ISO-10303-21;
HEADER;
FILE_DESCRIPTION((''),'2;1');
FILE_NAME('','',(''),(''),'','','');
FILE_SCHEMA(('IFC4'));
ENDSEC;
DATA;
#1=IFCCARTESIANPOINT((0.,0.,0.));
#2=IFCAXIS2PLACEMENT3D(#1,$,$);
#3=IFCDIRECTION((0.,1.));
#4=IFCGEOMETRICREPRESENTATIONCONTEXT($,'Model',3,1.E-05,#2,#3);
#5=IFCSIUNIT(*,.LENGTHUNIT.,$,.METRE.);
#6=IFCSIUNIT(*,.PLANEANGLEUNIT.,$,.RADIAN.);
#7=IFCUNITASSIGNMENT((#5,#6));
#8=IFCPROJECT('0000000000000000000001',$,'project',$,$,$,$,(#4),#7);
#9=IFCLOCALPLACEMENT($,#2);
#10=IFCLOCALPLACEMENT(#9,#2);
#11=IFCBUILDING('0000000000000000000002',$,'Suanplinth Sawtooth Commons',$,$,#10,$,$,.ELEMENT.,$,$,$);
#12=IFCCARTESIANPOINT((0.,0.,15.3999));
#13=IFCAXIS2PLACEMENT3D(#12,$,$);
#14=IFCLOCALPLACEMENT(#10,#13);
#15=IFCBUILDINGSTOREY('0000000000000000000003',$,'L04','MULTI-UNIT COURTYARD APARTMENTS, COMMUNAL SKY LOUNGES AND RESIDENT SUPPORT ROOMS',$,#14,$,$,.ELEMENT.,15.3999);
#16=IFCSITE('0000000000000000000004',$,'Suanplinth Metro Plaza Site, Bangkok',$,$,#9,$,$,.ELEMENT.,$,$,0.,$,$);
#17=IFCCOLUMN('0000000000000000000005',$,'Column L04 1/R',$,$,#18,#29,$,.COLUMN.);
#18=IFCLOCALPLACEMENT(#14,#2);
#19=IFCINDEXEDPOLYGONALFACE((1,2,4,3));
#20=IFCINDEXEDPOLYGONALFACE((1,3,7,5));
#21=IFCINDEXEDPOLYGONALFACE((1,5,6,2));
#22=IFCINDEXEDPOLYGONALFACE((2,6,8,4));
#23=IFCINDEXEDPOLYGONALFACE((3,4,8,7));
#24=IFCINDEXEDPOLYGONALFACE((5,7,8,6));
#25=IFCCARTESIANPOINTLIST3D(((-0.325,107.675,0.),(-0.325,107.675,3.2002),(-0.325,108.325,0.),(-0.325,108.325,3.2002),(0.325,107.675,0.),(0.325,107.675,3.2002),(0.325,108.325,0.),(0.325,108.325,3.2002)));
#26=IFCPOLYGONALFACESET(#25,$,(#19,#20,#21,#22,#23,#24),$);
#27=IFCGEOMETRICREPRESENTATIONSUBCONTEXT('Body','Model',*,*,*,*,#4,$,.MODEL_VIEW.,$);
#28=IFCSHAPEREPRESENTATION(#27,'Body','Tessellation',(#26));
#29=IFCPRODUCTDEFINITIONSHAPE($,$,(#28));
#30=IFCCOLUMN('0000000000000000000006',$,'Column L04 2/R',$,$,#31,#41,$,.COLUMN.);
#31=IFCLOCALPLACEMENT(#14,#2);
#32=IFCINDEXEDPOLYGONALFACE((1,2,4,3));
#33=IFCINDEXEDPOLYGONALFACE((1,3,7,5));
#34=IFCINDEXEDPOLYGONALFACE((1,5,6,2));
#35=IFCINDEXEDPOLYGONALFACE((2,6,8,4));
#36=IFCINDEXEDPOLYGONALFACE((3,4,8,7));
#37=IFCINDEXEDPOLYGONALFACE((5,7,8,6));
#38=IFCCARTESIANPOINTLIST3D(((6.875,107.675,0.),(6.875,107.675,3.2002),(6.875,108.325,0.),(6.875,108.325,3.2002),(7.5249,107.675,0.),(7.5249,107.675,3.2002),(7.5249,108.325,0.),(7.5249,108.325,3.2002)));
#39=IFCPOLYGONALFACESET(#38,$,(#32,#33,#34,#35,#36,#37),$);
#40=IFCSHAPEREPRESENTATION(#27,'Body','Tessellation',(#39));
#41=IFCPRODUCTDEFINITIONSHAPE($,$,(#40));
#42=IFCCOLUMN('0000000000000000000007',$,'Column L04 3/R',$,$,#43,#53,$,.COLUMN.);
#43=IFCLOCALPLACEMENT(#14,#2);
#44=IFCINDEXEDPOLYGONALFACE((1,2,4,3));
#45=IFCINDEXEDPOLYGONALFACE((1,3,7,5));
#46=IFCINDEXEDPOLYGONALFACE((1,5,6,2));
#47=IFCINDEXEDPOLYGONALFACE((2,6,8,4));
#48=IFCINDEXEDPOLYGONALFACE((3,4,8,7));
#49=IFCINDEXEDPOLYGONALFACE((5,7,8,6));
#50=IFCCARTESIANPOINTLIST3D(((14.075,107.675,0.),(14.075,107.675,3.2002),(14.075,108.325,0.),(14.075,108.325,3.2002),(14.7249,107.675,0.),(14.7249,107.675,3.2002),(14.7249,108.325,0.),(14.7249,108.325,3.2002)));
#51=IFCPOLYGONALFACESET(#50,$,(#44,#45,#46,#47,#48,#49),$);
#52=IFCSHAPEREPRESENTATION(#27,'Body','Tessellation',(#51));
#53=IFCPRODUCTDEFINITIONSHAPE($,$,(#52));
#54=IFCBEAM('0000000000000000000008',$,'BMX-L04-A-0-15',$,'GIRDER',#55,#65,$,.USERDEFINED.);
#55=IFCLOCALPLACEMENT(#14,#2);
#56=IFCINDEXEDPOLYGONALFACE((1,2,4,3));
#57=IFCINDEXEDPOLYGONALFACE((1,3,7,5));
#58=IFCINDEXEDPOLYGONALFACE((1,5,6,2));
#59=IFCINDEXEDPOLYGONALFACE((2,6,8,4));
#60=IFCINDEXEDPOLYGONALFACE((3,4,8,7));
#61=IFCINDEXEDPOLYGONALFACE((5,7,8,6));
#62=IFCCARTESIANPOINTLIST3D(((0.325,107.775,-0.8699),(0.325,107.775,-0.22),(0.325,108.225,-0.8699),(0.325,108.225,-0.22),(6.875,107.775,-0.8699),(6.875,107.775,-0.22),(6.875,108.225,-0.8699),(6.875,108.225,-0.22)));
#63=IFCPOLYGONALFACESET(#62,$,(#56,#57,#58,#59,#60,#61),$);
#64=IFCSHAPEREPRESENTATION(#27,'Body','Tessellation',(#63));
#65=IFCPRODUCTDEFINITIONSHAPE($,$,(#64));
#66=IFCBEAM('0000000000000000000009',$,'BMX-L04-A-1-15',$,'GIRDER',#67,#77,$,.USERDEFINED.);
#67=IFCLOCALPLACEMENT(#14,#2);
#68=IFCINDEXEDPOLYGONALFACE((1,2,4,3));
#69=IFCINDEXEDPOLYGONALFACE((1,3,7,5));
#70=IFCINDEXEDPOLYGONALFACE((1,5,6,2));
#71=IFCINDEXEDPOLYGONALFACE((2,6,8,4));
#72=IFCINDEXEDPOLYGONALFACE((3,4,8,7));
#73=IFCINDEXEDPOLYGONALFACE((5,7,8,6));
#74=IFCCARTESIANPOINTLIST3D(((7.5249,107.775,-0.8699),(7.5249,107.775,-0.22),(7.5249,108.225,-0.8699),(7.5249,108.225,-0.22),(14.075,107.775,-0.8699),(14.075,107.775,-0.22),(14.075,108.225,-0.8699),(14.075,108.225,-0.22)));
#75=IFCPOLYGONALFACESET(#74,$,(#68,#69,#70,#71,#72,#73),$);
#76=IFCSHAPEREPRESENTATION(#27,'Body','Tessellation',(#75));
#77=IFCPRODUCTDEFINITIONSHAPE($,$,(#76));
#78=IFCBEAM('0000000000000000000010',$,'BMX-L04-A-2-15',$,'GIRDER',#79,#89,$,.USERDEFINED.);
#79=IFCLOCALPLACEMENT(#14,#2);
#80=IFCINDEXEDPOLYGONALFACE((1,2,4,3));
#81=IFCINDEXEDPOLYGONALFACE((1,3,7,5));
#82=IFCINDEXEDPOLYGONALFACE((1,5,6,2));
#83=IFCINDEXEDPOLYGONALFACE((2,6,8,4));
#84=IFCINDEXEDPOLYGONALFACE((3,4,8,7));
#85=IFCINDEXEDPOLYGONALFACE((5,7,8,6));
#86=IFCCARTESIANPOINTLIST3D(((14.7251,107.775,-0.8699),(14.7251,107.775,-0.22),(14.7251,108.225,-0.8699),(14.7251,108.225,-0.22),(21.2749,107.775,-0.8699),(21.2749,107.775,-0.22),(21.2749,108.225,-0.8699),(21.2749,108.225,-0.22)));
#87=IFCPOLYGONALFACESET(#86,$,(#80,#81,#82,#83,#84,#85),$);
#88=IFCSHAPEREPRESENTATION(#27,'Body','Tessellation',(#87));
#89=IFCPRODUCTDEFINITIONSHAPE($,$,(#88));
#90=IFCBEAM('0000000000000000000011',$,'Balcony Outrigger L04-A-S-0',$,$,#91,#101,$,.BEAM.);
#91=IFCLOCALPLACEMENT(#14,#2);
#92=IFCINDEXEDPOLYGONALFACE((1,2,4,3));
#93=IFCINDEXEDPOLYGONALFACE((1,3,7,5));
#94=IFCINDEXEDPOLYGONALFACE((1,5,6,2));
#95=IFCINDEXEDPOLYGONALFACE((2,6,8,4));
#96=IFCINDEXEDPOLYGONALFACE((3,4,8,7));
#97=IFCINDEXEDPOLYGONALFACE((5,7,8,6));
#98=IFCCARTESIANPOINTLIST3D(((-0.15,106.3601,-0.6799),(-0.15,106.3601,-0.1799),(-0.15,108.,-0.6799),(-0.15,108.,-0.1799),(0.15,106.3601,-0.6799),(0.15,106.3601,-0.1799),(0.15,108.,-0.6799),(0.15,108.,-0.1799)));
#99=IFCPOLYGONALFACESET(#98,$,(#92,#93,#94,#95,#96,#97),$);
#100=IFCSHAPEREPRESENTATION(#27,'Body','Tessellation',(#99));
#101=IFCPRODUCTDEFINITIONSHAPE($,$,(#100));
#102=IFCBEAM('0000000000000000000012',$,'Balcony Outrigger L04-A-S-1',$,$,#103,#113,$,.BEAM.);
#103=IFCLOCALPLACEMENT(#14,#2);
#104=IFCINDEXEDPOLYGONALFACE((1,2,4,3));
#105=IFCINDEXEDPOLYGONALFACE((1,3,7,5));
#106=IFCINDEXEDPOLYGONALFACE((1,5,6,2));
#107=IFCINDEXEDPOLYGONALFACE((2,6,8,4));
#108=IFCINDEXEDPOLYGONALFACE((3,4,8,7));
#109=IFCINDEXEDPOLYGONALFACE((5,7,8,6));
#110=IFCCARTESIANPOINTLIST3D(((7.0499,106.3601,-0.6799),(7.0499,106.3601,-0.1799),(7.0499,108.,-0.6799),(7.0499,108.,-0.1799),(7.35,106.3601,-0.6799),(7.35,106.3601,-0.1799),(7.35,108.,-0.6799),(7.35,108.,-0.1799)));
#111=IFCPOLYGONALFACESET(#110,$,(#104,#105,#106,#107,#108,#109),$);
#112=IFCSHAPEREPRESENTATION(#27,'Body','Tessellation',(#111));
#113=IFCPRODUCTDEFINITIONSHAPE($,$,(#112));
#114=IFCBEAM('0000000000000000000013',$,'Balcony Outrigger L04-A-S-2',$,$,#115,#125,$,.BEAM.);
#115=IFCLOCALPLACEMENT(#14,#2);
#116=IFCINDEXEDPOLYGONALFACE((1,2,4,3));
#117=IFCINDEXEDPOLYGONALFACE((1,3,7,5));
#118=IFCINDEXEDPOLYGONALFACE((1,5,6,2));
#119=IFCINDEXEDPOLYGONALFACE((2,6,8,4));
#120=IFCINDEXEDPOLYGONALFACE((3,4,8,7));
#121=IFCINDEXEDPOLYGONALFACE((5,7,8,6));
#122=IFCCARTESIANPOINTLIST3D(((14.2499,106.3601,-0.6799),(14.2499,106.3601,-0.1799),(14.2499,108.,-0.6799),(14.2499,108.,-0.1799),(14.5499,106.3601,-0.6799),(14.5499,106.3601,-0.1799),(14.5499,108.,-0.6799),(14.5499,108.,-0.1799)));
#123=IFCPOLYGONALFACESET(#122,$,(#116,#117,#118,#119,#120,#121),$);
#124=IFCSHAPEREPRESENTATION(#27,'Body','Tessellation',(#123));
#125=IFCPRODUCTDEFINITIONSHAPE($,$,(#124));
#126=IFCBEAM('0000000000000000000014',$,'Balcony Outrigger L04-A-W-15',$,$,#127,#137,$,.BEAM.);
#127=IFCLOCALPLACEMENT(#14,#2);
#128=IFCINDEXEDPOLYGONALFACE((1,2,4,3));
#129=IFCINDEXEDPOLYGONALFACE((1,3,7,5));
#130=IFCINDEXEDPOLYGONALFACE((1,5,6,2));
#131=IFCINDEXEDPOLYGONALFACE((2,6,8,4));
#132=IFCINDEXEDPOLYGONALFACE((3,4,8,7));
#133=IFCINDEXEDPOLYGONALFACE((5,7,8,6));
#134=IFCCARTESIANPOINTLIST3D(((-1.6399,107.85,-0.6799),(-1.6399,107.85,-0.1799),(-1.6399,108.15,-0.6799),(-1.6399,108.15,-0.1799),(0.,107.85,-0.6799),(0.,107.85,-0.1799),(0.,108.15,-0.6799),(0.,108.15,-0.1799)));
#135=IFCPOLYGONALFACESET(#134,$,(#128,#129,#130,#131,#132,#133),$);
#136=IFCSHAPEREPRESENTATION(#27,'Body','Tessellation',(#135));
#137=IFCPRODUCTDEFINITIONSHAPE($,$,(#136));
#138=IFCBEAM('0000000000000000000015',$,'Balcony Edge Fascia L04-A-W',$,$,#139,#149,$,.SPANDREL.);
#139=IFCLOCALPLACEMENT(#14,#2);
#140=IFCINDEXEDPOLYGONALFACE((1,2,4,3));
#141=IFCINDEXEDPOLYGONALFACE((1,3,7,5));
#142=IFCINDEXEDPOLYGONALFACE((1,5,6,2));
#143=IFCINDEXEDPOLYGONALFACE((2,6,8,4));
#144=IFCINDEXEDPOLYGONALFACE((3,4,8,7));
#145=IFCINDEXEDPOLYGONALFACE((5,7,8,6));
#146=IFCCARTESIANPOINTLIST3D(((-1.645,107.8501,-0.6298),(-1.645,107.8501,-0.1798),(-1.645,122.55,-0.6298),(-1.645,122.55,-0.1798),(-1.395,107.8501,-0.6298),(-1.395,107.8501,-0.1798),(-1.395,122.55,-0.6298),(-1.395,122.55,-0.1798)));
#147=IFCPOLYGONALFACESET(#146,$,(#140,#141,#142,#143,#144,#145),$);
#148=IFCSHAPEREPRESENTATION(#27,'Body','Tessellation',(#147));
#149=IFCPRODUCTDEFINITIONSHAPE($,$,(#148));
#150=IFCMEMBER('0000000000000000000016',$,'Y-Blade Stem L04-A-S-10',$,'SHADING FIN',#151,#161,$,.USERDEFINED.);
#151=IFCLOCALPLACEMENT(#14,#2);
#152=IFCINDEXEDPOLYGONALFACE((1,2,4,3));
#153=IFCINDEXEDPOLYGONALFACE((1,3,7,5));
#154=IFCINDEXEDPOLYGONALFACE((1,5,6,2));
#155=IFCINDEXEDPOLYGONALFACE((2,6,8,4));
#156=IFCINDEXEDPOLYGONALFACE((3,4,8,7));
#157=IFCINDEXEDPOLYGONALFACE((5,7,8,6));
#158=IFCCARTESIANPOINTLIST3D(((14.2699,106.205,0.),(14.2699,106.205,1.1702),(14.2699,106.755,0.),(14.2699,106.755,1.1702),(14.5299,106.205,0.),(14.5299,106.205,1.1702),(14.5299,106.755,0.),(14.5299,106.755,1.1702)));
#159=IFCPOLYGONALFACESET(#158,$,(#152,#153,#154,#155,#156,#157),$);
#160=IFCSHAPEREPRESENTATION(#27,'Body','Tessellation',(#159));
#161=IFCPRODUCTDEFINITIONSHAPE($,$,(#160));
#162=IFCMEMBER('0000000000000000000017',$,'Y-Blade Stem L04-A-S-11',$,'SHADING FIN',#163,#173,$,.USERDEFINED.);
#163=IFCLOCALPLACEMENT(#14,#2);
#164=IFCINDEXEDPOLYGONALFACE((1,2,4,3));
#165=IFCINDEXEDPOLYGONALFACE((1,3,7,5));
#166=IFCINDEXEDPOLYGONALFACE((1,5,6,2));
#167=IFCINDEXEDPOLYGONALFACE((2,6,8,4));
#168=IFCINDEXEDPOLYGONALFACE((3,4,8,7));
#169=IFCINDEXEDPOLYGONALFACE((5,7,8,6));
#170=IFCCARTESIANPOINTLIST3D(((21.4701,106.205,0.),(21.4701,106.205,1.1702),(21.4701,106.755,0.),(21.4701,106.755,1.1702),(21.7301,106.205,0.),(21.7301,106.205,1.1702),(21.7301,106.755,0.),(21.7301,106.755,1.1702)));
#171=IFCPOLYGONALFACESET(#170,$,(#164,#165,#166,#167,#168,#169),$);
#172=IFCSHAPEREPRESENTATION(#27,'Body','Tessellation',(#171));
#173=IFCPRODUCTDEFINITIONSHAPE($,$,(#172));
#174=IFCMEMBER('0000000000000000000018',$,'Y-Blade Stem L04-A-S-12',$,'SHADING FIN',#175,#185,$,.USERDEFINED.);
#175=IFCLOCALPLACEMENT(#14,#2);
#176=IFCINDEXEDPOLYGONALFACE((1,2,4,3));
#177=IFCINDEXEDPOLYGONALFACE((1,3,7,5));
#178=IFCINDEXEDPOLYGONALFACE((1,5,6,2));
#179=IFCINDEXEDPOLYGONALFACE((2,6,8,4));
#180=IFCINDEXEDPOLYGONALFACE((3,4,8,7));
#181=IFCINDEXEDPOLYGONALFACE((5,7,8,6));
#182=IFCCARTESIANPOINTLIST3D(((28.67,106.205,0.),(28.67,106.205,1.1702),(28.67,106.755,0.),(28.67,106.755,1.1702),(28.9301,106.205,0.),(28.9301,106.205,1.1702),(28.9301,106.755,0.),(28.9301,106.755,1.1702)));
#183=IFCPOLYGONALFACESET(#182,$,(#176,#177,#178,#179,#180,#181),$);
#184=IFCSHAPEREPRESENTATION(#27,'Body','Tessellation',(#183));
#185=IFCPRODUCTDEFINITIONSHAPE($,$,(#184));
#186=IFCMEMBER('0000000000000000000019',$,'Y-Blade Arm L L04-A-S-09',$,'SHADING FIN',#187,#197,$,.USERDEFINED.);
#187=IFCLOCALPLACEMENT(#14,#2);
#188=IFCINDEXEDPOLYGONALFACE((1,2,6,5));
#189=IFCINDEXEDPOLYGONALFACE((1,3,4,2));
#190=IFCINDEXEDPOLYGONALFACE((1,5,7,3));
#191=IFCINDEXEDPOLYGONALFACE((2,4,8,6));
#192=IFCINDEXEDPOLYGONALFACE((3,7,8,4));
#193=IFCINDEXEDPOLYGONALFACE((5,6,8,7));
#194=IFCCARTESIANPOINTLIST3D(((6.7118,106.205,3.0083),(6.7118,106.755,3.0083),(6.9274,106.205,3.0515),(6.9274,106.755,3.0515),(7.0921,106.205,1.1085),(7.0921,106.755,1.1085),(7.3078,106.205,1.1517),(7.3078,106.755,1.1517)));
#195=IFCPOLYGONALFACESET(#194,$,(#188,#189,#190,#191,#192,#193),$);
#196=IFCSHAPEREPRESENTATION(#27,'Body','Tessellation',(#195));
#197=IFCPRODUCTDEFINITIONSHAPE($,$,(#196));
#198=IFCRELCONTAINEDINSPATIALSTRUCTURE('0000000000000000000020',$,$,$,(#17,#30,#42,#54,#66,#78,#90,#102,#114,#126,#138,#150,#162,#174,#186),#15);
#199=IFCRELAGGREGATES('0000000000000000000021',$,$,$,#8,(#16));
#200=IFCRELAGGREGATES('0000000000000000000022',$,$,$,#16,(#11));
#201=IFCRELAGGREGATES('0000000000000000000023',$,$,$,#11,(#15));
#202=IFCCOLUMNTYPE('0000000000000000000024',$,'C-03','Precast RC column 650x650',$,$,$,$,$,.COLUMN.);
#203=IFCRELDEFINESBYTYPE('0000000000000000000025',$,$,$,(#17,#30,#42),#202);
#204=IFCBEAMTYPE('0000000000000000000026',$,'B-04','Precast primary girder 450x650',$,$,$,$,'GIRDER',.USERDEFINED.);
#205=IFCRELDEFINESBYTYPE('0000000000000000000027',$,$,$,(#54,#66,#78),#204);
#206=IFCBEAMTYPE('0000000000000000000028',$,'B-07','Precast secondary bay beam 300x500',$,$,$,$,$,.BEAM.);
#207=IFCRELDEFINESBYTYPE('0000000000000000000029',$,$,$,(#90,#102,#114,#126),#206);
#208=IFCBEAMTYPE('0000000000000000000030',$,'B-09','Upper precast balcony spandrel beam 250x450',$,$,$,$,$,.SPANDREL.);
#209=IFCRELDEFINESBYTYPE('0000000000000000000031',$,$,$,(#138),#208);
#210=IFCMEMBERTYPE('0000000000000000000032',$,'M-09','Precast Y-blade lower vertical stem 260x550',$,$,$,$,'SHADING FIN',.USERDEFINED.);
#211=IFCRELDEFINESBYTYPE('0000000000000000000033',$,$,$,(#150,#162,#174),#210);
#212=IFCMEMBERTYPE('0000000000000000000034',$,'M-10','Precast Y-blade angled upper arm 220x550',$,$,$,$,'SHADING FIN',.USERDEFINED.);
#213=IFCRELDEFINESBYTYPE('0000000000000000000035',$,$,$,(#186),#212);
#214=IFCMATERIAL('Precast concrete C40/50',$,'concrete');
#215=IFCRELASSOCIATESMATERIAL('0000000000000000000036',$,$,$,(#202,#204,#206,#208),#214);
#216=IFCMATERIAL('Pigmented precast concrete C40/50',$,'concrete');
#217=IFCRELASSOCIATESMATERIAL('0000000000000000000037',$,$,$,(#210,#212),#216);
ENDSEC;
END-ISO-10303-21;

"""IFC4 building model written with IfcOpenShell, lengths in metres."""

from ifc_helpers import new_model, si_unit, direction, frame, origin, origin_2d, place, context, subcontext, project, spatial, rectangle, extrude, material, material_profile, profile_set, type_object, element, save


model = new_model("IFC4")

# Units and contexts
model_context = context("Model", 3, precision=1e-05, world=origin(), true_north=direction((0.0, 1.0)))
body_context = subcontext(model_context, "Body", "Model", "MODEL_VIEW")
ifc_project = project(units=[si_unit("LENGTHUNIT", "METRE"), si_unit("PLANEANGLEUNIT", "RADIAN")], contexts=[model_context])

# Site, building, storey
site_placement = place(None, origin())
site = spatial("IfcSite", under=ifc_project, at=site_placement, Name="Suanplinth Metro Plaza Site, Bangkok", CompositionType="ELEMENT", RefElevation=0.0)
building_placement = place(site_placement, origin())
building = spatial("IfcBuilding", under=site, at=building_placement, Name="Suanplinth Sawtooth Commons", CompositionType="ELEMENT")
storey_placement = place(building_placement, frame((0.0, 0.0, 15.3999)))
storey = spatial("IfcBuildingStorey", under=building, at=storey_placement, Name="L04", Description="MULTI-UNIT COURTYARD APARTMENTS, COMMUNAL SKY LOUNGES AND RESIDENT SUPPORT ROOMS", CompositionType="ELEMENT", Elevation=15.3999)

# Columns
ifc_material_1 = material(Name="Precast concrete C40/50", Category="concrete")
ifc_material_profile_1 = material_profile(ifc_material_1, rectangle(XDim=0.6499, YDim=0.6499, at=origin_2d()), Name="PC-COL 650x650")
ifc_profile_set_1 = profile_set([ifc_material_profile_1], Name="Precast concrete C40/50")
column_type = type_object("IfcColumnType", Name="C-03", Description="Precast RC column 650x650", PredefinedType="COLUMN", material=ifc_profile_set_1)
for number, where, z_axis, x_axis, name in (
    (1, (0.0, 108.0, 0.0), (0.0, 0.0, 1.0), (1.0, 0.0, 0.0), "Column L04 1/R"),
    (2, (7.2, 108.0, 0.0), (0.0, 0.0, 1.0), (1.0, 0.0, 0.0), "Column L04 2/R"),
    (3, (14.3999, 108.0, 0.0), (0.0, 0.0, 1.0), (1.0, 0.0, 0.0), "Column L04 3/R"),
):
    element("IfcColumn", number, at=place(storey_placement, frame(where, z_axis=z_axis, x_axis=x_axis)), inside=storey, type_object=column_type, Name=name, PredefinedType="COLUMN", context=body_context, shape_type="SweptSolid", body=[
        extrude(rectangle(XDim=0.6499, YDim=0.6499, at=origin_2d()), origin(), (0.0, 0.0, 1.0), 3.2002),
    ])

# Beams
ifc_material_profile_2 = material_profile(ifc_material_1, rectangle(XDim=0.45, YDim=0.6499, at=origin_2d()), Name="PC-GDR 450x650")
ifc_profile_set_2 = profile_set([ifc_material_profile_2], Name="Precast concrete C40/50")
beam_type_1 = type_object("IfcBeamType", Name="B-04", Description="Precast primary girder 450x650", ElementType="GIRDER", PredefinedType="USERDEFINED", material=ifc_profile_set_2)
for number, where, z_axis, x_axis, name in (
    (4, (0.325, 108.0, -0.5449), (1.0, 0.0, 0.0), (0.0, 1.0, 0.0), "BMX-L04-A-0-15"),
    (5, (7.5249, 108.0, -0.5449), (1.0, 0.0, 0.0), (0.0, 1.0, 0.0), "BMX-L04-A-1-15"),
):
    element("IfcBeam", number, at=place(storey_placement, frame(where, z_axis=z_axis, x_axis=x_axis)), inside=storey, type_object=beam_type_1, Name=name, ObjectType="GIRDER", PredefinedType="USERDEFINED", context=body_context, shape_type="SweptSolid", body=[
        extrude(rectangle(XDim=0.45, YDim=0.6499, at=origin_2d()), origin(), (0.0, 0.0, 1.0), 6.55),
    ])
beam_1_placement = place(storey_placement, frame((14.7251, 108.0, -0.5449), z_axis=(1.0, 0.0, 0.0), x_axis=(0.0, 1.0, 0.0)))
element("IfcBeam", 6, at=beam_1_placement, inside=storey, type_object=beam_type_1, Name="BMX-L04-A-2-15", ObjectType="GIRDER", PredefinedType="USERDEFINED", context=body_context, shape_type="SweptSolid", body=[
    extrude(rectangle(XDim=0.45, YDim=0.6499, at=origin_2d()), origin(), (0.0, 0.0, 1.0), 6.5498),
])
ifc_material_profile_3 = material_profile(ifc_material_1, rectangle(XDim=0.3, YDim=0.5, at=origin_2d()), Name="PC-BM 300x500")
ifc_profile_set_3 = profile_set([ifc_material_profile_3], Name="Precast concrete C40/50")
beam_type_2 = type_object("IfcBeamType", Name="B-07", Description="Precast secondary bay beam 300x500", PredefinedType="BEAM", material=ifc_profile_set_3)
for number, where, z_axis, x_axis, name in (
    (7, (0.0, 108.0, -0.4299), (0.0, -1.0, 0.0), (1.0, 0.0, 0.0), "Balcony Outrigger L04-A-S-0"),
    (8, (7.2, 108.0, -0.4299), (0.0, -1.0, 0.0), (1.0, 0.0, 0.0), "Balcony Outrigger L04-A-S-1"),
    (9, (14.3999, 108.0, -0.4299), (0.0, -1.0, 0.0), (1.0, 0.0, 0.0), "Balcony Outrigger L04-A-S-2"),
    (10, (0.0, 108.0, -0.4299), (-1.0, 0.0, 0.0), (0.0, -1.0, 0.0), "Balcony Outrigger L04-A-W-15"),
):
    element("IfcBeam", number, at=place(storey_placement, frame(where, z_axis=z_axis, x_axis=x_axis)), inside=storey, type_object=beam_type_2, Name=name, PredefinedType="BEAM", context=body_context, shape_type="SweptSolid", body=[
        extrude(rectangle(XDim=0.3, YDim=0.5, at=origin_2d()), origin(), (0.0, 0.0, 1.0), 1.6399),
    ])
ifc_material_profile_4 = material_profile(ifc_material_1, rectangle(XDim=0.25, YDim=0.45, at=origin_2d()), Name="PC-SP 250x450")
ifc_profile_set_4 = profile_set([ifc_material_profile_4], Name="Precast concrete C40/50")
beam_type_3 = type_object("IfcBeamType", Name="B-09", Description="Upper precast balcony spandrel beam 250x450", PredefinedType="SPANDREL", material=ifc_profile_set_4)
beam_2_placement = place(storey_placement, frame((-1.52, 107.8501, -0.4048), z_axis=(0.0, 1.0, 0.0), x_axis=(-1.0, 0.0, 0.0)))
element("IfcBeam", 11, at=beam_2_placement, inside=storey, type_object=beam_type_3, Name="Balcony Edge Fascia L04-A-W", PredefinedType="SPANDREL", context=body_context, shape_type="SweptSolid", body=[
    extrude(rectangle(XDim=0.25, YDim=0.45, at=origin_2d()), origin(), (0.0, 0.0, 1.0), 14.7),
])

# Members
ifc_material_2 = material(Name="Pigmented precast concrete C40/50", Category="concrete")
ifc_material_profile_5 = material_profile(ifc_material_2, rectangle(XDim=0.26, YDim=0.55, at=origin_2d()), Name="PC-FIN 260x550")
ifc_profile_set_5 = profile_set([ifc_material_profile_5], Name="Pigmented precast concrete C40/50")
member_type_1 = type_object("IfcMemberType", Name="M-09", Description="Precast Y-blade lower vertical stem 260x550", ElementType="SHADING FIN", PredefinedType="USERDEFINED", material=ifc_profile_set_5)
for number, where, z_axis, x_axis, name in (
    (12, (14.3999, 106.48, 0.0), (0.0, 0.0, 1.0), (1.0, 0.0, 0.0), "Y-Blade Stem L04-A-S-10"),
    (13, (21.6001, 106.48, 0.0), (0.0, 0.0, 1.0), (1.0, 0.0, 0.0), "Y-Blade Stem L04-A-S-11"),
    (14, (28.8, 106.48, 0.0), (0.0, 0.0, 1.0), (1.0, 0.0, 0.0), "Y-Blade Stem L04-A-S-12"),
):
    element("IfcMember", number, at=place(storey_placement, frame(where, z_axis=z_axis, x_axis=x_axis)), inside=storey, type_object=member_type_1, Name=name, ObjectType="SHADING FIN", PredefinedType="USERDEFINED", context=body_context, shape_type="SweptSolid", body=[
        extrude(rectangle(XDim=0.26, YDim=0.55, at=origin_2d()), origin(), (0.0, 0.0, 1.0), 1.1702),
    ])
ifc_material_profile_6 = material_profile(ifc_material_2, rectangle(XDim=0.22, YDim=0.55, at=origin_2d()), Name="PC-FIN 220x550")
ifc_profile_set_6 = profile_set([ifc_material_profile_6], Name="Pigmented precast concrete C40/50")
member_type_2 = type_object("IfcMemberType", Name="M-10", Description="Precast Y-blade angled upper arm 220x550", ElementType="SHADING FIN", PredefinedType="USERDEFINED", material=ifc_profile_set_6)
member_1_placement = place(storey_placement, frame((7.2, 106.48, 1.1301), z_axis=(-0.19631, 0.0, 0.980542), x_axis=(0.980542, 0.0, 0.19631)))
element("IfcMember", 15, at=member_1_placement, inside=storey, type_object=member_type_2, Name="Y-Blade Arm L L04-A-S-09", ObjectType="SHADING FIN", PredefinedType="USERDEFINED", context=body_context, shape_type="SweptSolid", body=[
    extrude(rectangle(XDim=0.22, YDim=0.55, at=origin_2d()), origin(), (0.0, 0.0, 1.0), 1.9375),
])

save(model, "model.ifc")
